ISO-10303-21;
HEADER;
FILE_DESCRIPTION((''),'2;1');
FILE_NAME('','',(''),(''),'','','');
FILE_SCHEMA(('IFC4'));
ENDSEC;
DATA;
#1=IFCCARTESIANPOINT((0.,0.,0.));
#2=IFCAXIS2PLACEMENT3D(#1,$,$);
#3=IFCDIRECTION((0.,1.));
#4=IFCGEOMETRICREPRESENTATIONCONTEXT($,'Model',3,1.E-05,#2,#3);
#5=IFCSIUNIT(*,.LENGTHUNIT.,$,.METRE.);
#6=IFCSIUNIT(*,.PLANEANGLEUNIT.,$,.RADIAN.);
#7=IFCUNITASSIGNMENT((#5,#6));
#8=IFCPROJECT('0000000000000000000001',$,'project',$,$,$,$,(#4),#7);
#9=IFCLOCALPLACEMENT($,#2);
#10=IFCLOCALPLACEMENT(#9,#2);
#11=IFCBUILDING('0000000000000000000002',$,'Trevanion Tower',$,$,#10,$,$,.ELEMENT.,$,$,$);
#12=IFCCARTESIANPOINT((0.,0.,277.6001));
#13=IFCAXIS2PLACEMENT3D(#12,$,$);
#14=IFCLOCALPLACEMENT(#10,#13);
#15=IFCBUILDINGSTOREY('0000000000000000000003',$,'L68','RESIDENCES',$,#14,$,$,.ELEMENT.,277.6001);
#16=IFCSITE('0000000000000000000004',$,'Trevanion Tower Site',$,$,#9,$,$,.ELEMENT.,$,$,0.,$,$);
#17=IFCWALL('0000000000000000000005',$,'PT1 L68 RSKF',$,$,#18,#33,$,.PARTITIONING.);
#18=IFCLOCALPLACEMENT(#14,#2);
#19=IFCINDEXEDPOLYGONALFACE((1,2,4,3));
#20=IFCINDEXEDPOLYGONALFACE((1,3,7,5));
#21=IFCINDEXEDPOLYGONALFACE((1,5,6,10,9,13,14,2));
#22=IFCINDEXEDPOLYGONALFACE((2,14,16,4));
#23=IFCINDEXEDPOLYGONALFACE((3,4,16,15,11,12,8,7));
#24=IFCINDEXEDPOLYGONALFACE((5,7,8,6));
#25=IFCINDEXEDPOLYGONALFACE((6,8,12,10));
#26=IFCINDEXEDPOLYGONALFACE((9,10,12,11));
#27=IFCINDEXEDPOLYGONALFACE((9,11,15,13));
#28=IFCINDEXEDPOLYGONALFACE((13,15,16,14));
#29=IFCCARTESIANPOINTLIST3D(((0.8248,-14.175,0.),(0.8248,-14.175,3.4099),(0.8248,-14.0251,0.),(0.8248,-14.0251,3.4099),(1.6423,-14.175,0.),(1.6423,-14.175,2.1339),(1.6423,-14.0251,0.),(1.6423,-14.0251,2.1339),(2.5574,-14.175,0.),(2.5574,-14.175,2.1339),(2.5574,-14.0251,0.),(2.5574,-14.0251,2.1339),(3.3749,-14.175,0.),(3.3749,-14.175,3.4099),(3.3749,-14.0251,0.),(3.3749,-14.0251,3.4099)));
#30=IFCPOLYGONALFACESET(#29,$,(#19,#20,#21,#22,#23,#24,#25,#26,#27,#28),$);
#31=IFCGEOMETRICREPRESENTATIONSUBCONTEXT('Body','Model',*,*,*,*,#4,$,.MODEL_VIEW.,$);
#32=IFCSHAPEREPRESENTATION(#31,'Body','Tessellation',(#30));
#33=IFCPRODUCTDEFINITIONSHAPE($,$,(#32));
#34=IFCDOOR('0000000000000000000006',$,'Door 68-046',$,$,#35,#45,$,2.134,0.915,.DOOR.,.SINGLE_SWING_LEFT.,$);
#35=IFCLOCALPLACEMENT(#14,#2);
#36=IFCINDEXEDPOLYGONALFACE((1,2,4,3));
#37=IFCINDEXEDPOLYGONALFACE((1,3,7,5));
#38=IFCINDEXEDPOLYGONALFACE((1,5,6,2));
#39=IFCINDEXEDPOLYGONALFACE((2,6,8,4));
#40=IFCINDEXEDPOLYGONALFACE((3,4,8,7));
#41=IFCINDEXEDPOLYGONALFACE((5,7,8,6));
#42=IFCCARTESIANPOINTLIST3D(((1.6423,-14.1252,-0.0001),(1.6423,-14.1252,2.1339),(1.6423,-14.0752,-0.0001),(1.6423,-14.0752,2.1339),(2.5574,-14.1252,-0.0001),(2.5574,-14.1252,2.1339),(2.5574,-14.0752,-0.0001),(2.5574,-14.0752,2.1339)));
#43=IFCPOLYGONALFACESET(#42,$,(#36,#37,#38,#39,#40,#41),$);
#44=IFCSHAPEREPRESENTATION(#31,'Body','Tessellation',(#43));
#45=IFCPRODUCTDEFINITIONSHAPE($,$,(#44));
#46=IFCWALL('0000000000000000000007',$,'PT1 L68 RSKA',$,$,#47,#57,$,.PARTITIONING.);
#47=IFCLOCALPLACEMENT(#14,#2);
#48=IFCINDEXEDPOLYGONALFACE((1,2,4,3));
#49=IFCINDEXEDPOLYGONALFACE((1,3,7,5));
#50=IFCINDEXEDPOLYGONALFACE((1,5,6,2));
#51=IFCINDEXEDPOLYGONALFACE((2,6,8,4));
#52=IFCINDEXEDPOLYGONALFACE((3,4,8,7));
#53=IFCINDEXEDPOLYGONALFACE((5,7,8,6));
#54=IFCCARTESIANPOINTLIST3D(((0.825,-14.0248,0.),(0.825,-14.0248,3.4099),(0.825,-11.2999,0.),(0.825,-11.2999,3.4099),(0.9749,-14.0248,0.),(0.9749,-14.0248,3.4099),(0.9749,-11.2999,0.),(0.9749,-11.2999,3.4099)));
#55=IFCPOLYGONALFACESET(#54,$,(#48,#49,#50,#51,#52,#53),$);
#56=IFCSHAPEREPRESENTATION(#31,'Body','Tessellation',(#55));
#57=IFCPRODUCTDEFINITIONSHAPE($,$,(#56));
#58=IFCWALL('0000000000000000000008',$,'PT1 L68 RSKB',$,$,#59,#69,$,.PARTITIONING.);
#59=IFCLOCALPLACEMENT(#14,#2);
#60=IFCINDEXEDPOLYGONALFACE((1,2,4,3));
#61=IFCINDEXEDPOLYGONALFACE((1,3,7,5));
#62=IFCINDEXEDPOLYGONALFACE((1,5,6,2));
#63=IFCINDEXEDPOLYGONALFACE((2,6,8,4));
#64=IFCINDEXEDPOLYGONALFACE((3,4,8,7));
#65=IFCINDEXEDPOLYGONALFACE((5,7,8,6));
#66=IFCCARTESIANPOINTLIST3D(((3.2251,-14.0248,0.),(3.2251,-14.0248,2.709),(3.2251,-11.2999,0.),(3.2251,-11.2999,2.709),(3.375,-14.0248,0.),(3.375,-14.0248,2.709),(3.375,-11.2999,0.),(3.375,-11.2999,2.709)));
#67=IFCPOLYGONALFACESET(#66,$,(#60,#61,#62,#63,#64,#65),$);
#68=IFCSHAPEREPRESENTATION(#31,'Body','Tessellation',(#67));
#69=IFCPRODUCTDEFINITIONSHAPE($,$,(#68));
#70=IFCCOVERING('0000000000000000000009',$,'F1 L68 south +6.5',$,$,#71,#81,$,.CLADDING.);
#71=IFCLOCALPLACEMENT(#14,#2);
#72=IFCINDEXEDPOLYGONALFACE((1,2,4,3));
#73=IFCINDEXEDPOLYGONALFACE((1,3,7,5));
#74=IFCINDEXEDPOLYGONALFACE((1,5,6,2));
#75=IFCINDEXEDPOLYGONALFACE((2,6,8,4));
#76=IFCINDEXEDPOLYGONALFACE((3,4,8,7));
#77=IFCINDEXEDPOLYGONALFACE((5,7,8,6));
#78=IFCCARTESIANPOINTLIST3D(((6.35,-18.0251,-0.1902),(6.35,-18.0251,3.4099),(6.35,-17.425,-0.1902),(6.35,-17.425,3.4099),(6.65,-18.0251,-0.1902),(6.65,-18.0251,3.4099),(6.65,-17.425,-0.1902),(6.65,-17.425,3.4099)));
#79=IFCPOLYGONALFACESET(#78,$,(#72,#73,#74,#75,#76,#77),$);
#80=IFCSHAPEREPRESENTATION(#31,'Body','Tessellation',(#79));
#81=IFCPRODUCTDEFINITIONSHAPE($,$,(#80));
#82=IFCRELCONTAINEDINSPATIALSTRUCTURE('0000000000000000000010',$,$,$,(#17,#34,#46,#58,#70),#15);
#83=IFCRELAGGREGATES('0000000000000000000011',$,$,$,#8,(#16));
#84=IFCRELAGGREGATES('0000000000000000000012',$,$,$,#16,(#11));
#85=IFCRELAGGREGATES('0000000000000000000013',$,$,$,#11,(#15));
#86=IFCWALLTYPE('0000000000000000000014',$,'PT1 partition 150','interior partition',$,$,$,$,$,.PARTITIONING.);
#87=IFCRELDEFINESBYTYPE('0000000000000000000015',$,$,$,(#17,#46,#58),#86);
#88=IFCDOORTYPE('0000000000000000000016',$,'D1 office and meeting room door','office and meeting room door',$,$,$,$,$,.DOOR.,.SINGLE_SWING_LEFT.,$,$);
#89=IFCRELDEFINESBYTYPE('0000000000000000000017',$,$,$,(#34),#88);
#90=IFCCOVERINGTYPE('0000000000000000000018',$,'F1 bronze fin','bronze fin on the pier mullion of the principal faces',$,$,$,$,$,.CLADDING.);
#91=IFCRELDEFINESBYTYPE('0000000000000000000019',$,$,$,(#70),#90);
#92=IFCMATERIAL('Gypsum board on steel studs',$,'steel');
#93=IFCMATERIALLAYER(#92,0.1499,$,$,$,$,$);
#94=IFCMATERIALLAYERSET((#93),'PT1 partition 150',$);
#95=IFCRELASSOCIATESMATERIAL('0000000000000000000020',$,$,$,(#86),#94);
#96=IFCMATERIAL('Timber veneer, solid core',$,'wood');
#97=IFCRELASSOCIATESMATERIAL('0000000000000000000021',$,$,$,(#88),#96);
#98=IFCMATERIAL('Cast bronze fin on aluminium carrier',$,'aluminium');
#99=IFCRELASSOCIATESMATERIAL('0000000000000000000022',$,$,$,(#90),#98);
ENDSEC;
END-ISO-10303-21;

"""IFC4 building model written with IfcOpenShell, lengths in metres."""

from ifc_helpers import new_model, si_unit, direction, frame, frame_2d, origin, origin_2d, place, context, subcontext, project, spatial, rectangle, extrude, material, layer, layer_set, type_object, element, fill, save


model = new_model("IFC4")

# Units and contexts
model_context = context("Model", 3, precision=1e-05, world=origin(), true_north=direction((0.0, 1.0)))
body_context = subcontext(model_context, "Body", "Model", "MODEL_VIEW")
ifc_project = project(units=[si_unit("LENGTHUNIT", "METRE"), si_unit("PLANEANGLEUNIT", "RADIAN")], contexts=[model_context])

# Site, building, storey
site_placement = place(None, origin())
site = spatial("IfcSite", under=ifc_project, at=site_placement, Name="Trevanion Tower Site", CompositionType="ELEMENT", RefElevation=0.0)
building_placement = place(site_placement, origin())
building = spatial("IfcBuilding", under=site, at=building_placement, Name="Trevanion Tower", CompositionType="ELEMENT")
storey_placement = place(building_placement, frame((0.0, 0.0, 277.6001)))
storey = spatial("IfcBuildingStorey", under=building, at=storey_placement, Name="L68", Description="RESIDENCES", CompositionType="ELEMENT", Elevation=277.6001)

# Wall, opening, door
ifc_material_1 = material(Name="Gypsum board on steel studs", Category="steel")
ifc_layer_1 = layer(ifc_material_1, 0.1499)
ifc_layer_set_1 = layer_set([ifc_layer_1], Name="PT1 partition 150")
wall_type_1 = type_object("IfcWallType", Name="PT1 partition 150", Description="interior partition", PredefinedType="PARTITIONING", material=ifc_layer_set_1)
wall_1_placement = place(storey_placement, frame((0.825, -14.1001, 0.0), z_axis=(0.0, 0.0, 1.0), x_axis=(1.0, 0.0, 0.0)))
wall_1 = element("IfcWall", 1, at=wall_1_placement, inside=storey, type_object=wall_type_1, Name="PT1 L68 RSKF", PredefinedType="PARTITIONING", context=body_context, shape_type="SweptSolid", body=[
    extrude(rectangle(XDim=2.55, YDim=0.1499, at=frame_2d((1.2749, 0.0))), origin(), (0.0, 0.0, 1.0), 3.4099),
])
opening_placement = place(wall_1_placement, frame((0.8174, 0.0, 0.0)))
opening = element("IfcOpeningElement", 2, at=opening_placement, cuts=wall_1, PredefinedType="OPENING", context=body_context, shape_type="SweptSolid", body=[
    extrude(rectangle(XDim=0.915, YDim=2.134, at=frame_2d((0.4575, 1.0669))), frame((0.0, 0.085, 0.0), z_axis=(0.0, -1.0, 0.0), x_axis=(1.0, 0.0, 0.0)), (0.0, 0.0, 1.0), 0.1699),
])
ifc_material_2 = material(Name="Timber veneer, solid core", Category="wood")
door_type = type_object("IfcDoorType", Name="D1 office and meeting room door", Description="office and meeting room door", OperationType="SINGLE_SWING_LEFT", PredefinedType="DOOR", material=ifc_material_2)
door_placement = place(opening_placement, origin())
door = element("IfcDoor", 3, at=door_placement, inside=storey, type_object=door_type, Name="Door 68-046", OperationType="SINGLE_SWING_LEFT", OverallHeight=2.134, OverallWidth=0.915, PredefinedType="DOOR", context=body_context, shape_type="SweptSolid", body=[
    extrude(rectangle(XDim=0.915, YDim=2.134, at=frame_2d((0.4575, 1.0669))), frame((0.0, 0.0249, 0.0), z_axis=(0.0, -1.0, 0.0), x_axis=(1.0, 0.0, 0.0)), (0.0, 0.0, 1.0), 0.05),
])
fill(opening, door)

# Walls
wall_2_placement = place(storey_placement, frame((0.8999, -11.3, 0.0), z_axis=(0.0, 0.0, 1.0), x_axis=(0.0, -1.0, 0.0)))
element("IfcWall", 4, at=wall_2_placement, inside=storey, type_object=wall_type_1, Name="PT1 L68 RSKA", PredefinedType="PARTITIONING", context=body_context, shape_type="SweptSolid", body=[
    extrude(rectangle(XDim=2.7249, YDim=0.1499, at=frame_2d((1.3623, 0.0))), origin(), (0.0, 0.0, 1.0), 3.4099),
])
wall_3_placement = place(storey_placement, frame((3.3, -11.3, 0.0), z_axis=(0.0, 0.0, 1.0), x_axis=(0.0, -1.0, 0.0)))
element("IfcWall", 5, at=wall_3_placement, inside=storey, type_object=wall_type_1, Name="PT1 L68 RSKB", PredefinedType="PARTITIONING", context=body_context, shape_type="SweptSolid", body=[
    extrude(rectangle(XDim=2.7249, YDim=0.1499, at=frame_2d((1.3623, 0.0))), origin(), (0.0, 0.0, 1.0), 2.709),
])

# Covering
ifc_material_3 = material(Name="Cast bronze fin on aluminium carrier", Category="aluminium")
covering_type = type_object("IfcCoveringType", Name="F1 bronze fin", Description="bronze fin on the pier mullion of the principal faces", PredefinedType="CLADDING", material=ifc_material_3)
covering_placement = place(storey_placement, frame((6.5, -17.7251, -0.1902), z_axis=(0.0, 0.0, 1.0), x_axis=(1.0, 0.0, 0.0)))
element("IfcCovering", 6, at=covering_placement, inside=storey, type_object=covering_type, Name="F1 L68 south +6.5", PredefinedType="CLADDING", context=body_context, shape_type="SweptSolid", body=[
    extrude(rectangle(XDim=0.3, YDim=0.6001, at=origin_2d()), origin(), (0.0, 0.0, 1.0), 3.6001),
])

save(model, "model.ifc")
